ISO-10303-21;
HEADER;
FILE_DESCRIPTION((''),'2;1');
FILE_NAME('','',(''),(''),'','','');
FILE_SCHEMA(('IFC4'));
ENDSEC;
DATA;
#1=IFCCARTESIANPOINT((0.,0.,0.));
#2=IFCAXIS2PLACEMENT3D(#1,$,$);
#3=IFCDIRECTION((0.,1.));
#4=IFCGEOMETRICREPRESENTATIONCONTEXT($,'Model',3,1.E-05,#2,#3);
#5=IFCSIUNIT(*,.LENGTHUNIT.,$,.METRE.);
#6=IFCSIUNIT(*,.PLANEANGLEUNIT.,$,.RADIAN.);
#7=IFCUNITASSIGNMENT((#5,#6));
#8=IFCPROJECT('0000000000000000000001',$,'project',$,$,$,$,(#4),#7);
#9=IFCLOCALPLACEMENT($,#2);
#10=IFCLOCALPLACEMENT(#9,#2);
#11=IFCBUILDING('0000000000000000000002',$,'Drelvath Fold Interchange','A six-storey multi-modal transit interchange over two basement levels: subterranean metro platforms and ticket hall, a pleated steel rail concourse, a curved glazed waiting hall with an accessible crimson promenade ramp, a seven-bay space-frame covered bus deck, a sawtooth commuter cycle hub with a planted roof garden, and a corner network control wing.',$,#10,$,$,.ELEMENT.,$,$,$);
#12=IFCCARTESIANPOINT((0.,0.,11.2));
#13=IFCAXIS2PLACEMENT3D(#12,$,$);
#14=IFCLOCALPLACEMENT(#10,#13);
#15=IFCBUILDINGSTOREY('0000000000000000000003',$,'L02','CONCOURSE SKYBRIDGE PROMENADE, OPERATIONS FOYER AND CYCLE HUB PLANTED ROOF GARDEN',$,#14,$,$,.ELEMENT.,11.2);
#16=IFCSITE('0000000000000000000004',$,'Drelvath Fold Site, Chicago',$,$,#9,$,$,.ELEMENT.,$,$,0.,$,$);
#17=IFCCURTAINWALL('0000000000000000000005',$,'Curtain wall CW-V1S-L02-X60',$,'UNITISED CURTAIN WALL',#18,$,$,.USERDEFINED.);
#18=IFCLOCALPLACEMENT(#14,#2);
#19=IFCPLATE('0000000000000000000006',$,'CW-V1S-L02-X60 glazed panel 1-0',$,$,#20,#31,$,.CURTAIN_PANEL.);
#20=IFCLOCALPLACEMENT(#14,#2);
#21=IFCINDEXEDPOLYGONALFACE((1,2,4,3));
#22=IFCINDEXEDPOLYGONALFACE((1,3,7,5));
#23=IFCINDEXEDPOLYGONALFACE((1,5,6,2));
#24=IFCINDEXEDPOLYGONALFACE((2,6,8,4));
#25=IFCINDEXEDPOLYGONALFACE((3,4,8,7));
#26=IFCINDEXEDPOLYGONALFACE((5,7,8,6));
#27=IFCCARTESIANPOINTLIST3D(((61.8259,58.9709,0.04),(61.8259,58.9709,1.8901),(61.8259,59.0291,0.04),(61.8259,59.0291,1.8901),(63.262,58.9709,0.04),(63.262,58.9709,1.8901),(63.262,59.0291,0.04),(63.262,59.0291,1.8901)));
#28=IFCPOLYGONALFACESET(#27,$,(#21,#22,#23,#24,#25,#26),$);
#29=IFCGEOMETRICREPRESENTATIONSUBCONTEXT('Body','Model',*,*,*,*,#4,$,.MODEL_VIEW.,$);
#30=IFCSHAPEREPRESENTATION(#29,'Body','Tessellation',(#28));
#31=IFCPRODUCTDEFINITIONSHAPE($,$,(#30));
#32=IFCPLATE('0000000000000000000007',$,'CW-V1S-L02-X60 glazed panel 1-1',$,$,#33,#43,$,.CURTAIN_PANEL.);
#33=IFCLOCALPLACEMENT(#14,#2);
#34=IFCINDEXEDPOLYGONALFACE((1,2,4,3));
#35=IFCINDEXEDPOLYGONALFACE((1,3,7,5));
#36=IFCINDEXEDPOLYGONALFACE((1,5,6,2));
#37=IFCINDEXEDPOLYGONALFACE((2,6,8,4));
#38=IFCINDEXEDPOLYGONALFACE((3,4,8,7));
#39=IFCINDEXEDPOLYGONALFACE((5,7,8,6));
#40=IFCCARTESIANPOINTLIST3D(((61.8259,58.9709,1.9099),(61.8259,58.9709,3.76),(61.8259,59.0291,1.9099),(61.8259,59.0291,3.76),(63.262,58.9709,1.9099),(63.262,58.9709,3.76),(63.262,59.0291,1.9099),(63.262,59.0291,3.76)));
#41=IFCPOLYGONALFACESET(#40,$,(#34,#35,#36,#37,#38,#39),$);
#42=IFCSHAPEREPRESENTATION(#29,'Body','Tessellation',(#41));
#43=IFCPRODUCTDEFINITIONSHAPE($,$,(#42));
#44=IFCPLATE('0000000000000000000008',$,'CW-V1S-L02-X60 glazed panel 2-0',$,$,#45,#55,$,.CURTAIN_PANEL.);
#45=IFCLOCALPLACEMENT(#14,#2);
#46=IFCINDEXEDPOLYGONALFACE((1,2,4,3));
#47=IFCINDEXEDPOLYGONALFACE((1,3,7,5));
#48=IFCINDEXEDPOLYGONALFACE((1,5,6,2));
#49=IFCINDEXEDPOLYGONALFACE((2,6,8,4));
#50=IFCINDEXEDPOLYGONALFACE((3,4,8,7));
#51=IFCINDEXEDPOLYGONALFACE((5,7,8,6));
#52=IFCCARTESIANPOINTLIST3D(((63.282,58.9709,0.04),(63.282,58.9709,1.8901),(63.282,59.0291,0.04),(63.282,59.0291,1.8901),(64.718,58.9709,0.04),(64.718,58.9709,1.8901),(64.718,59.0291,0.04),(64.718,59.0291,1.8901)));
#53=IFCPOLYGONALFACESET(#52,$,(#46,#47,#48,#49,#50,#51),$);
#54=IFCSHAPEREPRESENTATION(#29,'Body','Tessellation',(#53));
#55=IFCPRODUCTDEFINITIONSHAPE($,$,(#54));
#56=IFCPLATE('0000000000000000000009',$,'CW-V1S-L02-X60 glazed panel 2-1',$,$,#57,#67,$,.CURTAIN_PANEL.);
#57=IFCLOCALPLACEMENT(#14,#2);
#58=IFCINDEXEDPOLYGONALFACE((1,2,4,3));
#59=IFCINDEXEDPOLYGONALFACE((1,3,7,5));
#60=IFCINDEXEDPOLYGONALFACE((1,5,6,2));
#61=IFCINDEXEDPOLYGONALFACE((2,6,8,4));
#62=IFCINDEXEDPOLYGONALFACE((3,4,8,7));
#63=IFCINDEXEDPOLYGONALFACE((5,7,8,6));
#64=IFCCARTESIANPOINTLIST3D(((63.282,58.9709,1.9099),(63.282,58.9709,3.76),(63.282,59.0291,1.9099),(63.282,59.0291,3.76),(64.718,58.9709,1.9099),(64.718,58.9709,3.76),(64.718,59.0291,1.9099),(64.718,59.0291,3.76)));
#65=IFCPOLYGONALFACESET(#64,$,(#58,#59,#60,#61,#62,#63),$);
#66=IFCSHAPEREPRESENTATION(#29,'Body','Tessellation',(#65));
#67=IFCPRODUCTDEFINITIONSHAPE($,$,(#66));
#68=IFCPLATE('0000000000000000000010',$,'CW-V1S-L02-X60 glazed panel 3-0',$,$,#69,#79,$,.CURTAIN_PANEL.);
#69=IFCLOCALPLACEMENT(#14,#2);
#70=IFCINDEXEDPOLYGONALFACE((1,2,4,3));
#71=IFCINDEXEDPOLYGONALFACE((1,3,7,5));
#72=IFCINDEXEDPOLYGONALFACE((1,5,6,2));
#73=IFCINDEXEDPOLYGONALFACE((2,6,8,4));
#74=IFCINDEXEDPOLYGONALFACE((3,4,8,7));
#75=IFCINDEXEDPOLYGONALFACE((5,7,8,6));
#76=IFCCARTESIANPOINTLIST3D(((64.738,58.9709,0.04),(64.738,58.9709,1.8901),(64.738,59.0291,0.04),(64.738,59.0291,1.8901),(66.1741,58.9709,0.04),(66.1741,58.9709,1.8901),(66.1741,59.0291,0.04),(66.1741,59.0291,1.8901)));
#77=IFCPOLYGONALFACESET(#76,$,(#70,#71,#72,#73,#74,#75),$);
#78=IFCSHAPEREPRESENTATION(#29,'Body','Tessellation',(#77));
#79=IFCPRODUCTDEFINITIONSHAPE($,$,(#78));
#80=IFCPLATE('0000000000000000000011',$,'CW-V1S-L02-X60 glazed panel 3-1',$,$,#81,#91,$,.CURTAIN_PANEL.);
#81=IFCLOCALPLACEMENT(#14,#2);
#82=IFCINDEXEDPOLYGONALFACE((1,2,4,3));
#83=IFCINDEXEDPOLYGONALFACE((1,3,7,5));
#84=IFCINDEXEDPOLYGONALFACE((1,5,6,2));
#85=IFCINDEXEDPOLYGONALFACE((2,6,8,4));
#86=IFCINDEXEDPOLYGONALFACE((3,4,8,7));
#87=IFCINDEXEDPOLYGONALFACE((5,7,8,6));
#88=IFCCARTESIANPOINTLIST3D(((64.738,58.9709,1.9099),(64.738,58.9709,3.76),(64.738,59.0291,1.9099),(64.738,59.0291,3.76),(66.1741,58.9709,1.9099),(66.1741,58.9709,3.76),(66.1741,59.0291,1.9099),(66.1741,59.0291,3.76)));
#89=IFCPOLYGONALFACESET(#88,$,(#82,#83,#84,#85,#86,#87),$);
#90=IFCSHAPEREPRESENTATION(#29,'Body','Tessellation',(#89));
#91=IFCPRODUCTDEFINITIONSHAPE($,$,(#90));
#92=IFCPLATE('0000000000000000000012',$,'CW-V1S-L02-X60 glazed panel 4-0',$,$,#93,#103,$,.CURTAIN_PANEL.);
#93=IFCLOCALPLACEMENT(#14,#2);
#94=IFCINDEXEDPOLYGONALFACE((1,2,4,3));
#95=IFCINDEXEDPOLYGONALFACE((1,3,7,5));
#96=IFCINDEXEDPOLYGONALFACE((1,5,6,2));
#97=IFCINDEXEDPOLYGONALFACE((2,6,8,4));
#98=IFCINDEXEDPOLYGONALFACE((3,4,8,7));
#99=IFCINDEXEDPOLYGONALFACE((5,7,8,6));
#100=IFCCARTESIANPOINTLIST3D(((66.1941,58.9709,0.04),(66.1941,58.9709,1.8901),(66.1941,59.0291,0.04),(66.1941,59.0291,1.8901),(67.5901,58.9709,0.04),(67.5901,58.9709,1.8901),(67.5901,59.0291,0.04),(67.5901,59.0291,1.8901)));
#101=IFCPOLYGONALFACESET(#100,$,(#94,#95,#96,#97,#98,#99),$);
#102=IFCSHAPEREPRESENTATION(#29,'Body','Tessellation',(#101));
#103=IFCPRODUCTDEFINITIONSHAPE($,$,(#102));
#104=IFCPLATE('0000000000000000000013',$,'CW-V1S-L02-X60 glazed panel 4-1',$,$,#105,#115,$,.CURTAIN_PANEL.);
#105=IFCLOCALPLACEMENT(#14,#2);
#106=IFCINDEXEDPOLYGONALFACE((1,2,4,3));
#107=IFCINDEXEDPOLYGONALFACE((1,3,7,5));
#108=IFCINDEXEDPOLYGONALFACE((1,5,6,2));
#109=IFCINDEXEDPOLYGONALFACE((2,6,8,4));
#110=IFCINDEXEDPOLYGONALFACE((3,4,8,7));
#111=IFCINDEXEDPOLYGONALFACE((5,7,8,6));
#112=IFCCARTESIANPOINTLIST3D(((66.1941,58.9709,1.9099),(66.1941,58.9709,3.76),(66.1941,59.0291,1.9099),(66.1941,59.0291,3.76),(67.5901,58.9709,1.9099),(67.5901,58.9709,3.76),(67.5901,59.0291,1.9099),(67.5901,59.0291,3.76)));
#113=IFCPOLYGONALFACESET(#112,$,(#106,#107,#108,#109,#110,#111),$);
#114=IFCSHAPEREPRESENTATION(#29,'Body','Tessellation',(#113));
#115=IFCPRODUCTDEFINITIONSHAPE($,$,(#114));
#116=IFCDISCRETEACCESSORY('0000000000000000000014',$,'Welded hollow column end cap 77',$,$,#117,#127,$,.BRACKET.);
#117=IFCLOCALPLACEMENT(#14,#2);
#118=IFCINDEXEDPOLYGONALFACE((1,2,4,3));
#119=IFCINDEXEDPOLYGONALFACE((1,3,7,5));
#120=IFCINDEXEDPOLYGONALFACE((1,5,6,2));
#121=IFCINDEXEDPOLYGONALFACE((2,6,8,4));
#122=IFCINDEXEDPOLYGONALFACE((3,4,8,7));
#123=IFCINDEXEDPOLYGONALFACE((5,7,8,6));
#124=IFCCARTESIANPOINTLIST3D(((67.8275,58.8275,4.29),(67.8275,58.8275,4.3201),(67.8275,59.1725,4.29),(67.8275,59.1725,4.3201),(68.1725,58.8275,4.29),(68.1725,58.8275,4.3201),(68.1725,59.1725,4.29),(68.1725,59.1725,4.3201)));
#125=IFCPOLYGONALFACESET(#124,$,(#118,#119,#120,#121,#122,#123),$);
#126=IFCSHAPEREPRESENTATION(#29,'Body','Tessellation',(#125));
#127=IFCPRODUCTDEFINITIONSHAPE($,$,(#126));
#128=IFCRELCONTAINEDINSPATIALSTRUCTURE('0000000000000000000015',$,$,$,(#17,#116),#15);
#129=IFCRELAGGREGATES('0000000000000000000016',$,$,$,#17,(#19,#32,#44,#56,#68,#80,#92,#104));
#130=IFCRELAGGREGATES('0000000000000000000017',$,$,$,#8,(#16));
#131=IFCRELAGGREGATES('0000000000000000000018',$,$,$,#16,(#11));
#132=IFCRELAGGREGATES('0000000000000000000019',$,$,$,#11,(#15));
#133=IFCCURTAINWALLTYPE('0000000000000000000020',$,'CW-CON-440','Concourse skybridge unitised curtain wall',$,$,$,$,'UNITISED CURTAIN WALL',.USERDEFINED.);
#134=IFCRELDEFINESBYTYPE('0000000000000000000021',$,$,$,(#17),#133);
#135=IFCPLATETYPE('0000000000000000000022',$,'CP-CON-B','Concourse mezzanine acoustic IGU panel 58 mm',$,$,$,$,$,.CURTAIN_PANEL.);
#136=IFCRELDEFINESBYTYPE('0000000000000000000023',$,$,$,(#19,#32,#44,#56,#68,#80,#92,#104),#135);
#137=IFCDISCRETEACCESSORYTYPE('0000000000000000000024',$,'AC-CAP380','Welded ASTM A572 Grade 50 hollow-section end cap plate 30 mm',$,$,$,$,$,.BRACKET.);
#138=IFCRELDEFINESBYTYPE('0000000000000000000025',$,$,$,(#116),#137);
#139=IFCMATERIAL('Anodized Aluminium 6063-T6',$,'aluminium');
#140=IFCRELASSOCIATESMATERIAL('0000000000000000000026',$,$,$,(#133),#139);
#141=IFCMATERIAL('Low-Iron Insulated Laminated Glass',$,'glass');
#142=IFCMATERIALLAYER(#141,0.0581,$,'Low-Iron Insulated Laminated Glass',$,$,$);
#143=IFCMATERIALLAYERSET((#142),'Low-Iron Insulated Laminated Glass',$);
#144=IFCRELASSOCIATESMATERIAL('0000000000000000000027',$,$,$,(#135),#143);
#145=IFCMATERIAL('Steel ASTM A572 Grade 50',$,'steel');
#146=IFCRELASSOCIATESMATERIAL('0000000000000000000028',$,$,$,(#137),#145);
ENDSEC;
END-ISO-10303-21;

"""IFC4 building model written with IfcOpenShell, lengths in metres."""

from ifc_helpers import new_model, si_unit, direction, frame, origin, origin_2d, place, context, subcontext, project, spatial, rectangle, extrude, material, layer, layer_set, type_object, element, aggregate, save


model = new_model("IFC4")

# Units and contexts
model_context = context("Model", 3, precision=1e-05, world=origin(), true_north=direction((0.0, 1.0)))
body_context = subcontext(model_context, "Body", "Model", "MODEL_VIEW")
ifc_project = project(units=[si_unit("LENGTHUNIT", "METRE"), si_unit("PLANEANGLEUNIT", "RADIAN")], contexts=[model_context])

# Site, building, storey
site_placement = place(None, origin())
site = spatial("IfcSite", under=ifc_project, at=site_placement, Name="Drelvath Fold Site, Chicago", CompositionType="ELEMENT", RefElevation=0.0)
building_placement = place(site_placement, origin())
building = spatial("IfcBuilding", under=site, at=building_placement, Name="Drelvath Fold Interchange", Description="A six-storey multi-modal transit interchange over two basement levels: subterranean metro platforms and ticket hall, a pleated steel rail concourse, a curved glazed waiting hall with an accessible crimson promenade ramp, a seven-bay space-frame covered bus deck, a sawtooth commuter cycle hub with a planted roof garden, and a corner network control wing.", CompositionType="ELEMENT")
storey_placement = place(building_placement, frame((0.0, 0.0, 11.2)))
storey = spatial("IfcBuildingStorey", under=building, at=storey_placement, Name="L02", Description="CONCOURSE SKYBRIDGE PROMENADE, OPERATIONS FOYER AND CYCLE HUB PLANTED ROOF GARDEN", CompositionType="ELEMENT", Elevation=11.2)

# Curtain wall
ifc_material_1 = material(Name="Anodized Aluminium 6063-T6", Category="aluminium")
curtain_wall_type = type_object("IfcCurtainWallType", Name="CW-CON-440", Description="Concourse skybridge unitised curtain wall", ElementType="UNITISED CURTAIN WALL", PredefinedType="USERDEFINED", material=ifc_material_1)
curtain_wall_1_placement = place(storey_placement, origin())
curtain_wall_1 = element("IfcCurtainWall", 1, at=curtain_wall_1_placement, inside=storey, type_object=curtain_wall_type, Name="Curtain wall CW-V1S-L02-X60", ObjectType="UNITISED CURTAIN WALL", PredefinedType="USERDEFINED")

# Plates
ifc_material_2 = material(Name="Low-Iron Insulated Laminated Glass", Category="glass")
ifc_layer = layer(ifc_material_2, 0.0581, Name="Low-Iron Insulated Laminated Glass")
ifc_layer_set = layer_set([ifc_layer], Name="Low-Iron Insulated Laminated Glass")
plate_type = type_object("IfcPlateType", Name="CP-CON-B", Description="Concourse mezzanine acoustic IGU panel 58 mm", PredefinedType="CURTAIN_PANEL", material=ifc_layer_set)
plate_1_placement = place(storey_placement, frame((62.5439, 59.0, 0.04), z_axis=(0.0, 0.0, 1.0), x_axis=(1.0, 0.0, 0.0)))
plate_1 = element("IfcPlate", 2, at=plate_1_placement, type_object=plate_type, Name="CW-V1S-L02-X60 glazed panel 1-0", PredefinedType="CURTAIN_PANEL", context=body_context, shape_type="SweptSolid", body=[
    extrude(rectangle(XDim=1.436, YDim=0.0581, at=origin_2d()), origin(), (0.0, 0.0, 1.0), 1.8501),
])
plate_2_placement = place(storey_placement, frame((62.5439, 59.0, 1.9099), z_axis=(0.0, 0.0, 1.0), x_axis=(1.0, 0.0, 0.0)))
plate_2 = element("IfcPlate", 3, at=plate_2_placement, type_object=plate_type, Name="CW-V1S-L02-X60 glazed panel 1-1", PredefinedType="CURTAIN_PANEL", context=body_context, shape_type="SweptSolid", body=[
    extrude(rectangle(XDim=1.436, YDim=0.0581, at=origin_2d()), origin(), (0.0, 0.0, 1.0), 1.8501),
])
plate_3_placement = place(storey_placement, frame((64.0, 59.0, 0.04), z_axis=(0.0, 0.0, 1.0), x_axis=(1.0, 0.0, 0.0)))
plate_3 = element("IfcPlate", 4, at=plate_3_placement, type_object=plate_type, Name="CW-V1S-L02-X60 glazed panel 2-0", PredefinedType="CURTAIN_PANEL", context=body_context, shape_type="SweptSolid", body=[
    extrude(rectangle(XDim=1.436, YDim=0.0581, at=origin_2d()), origin(), (0.0, 0.0, 1.0), 1.8501),
])
plate_4_placement = place(storey_placement, frame((64.0, 59.0, 1.9099), z_axis=(0.0, 0.0, 1.0), x_axis=(1.0, 0.0, 0.0)))
plate_4 = element("IfcPlate", 5, at=plate_4_placement, type_object=plate_type, Name="CW-V1S-L02-X60 glazed panel 2-1", PredefinedType="CURTAIN_PANEL", context=body_context, shape_type="SweptSolid", body=[
    extrude(rectangle(XDim=1.436, YDim=0.0581, at=origin_2d()), origin(), (0.0, 0.0, 1.0), 1.8501),
])
plate_5_placement = place(storey_placement, frame((65.4561, 59.0, 0.04), z_axis=(0.0, 0.0, 1.0), x_axis=(1.0, 0.0, 0.0)))
plate_5 = element("IfcPlate", 6, at=plate_5_placement, type_object=plate_type, Name="CW-V1S-L02-X60 glazed panel 3-0", PredefinedType="CURTAIN_PANEL", context=body_context, shape_type="SweptSolid", body=[
    extrude(rectangle(XDim=1.436, YDim=0.0581, at=origin_2d()), origin(), (0.0, 0.0, 1.0), 1.8501),
])
plate_6_placement = place(storey_placement, frame((65.4561, 59.0, 1.9099), z_axis=(0.0, 0.0, 1.0), x_axis=(1.0, 0.0, 0.0)))
plate_6 = element("IfcPlate", 7, at=plate_6_placement, type_object=plate_type, Name="CW-V1S-L02-X60 glazed panel 3-1", PredefinedType="CURTAIN_PANEL", context=body_context, shape_type="SweptSolid", body=[
    extrude(rectangle(XDim=1.436, YDim=0.0581, at=origin_2d()), origin(), (0.0, 0.0, 1.0), 1.8501),
])
plate_7_placement = place(storey_placement, frame((66.8921, 59.0, 0.04), z_axis=(0.0, 0.0, 1.0), x_axis=(1.0, 0.0, 0.0)))
plate_7 = element("IfcPlate", 8, at=plate_7_placement, type_object=plate_type, Name="CW-V1S-L02-X60 glazed panel 4-0", PredefinedType="CURTAIN_PANEL", context=body_context, shape_type="SweptSolid", body=[
    extrude(rectangle(XDim=1.396, YDim=0.0581, at=origin_2d()), origin(), (0.0, 0.0, 1.0), 1.8501),
])
plate_8_placement = place(storey_placement, frame((66.8921, 59.0, 1.9099), z_axis=(0.0, 0.0, 1.0), x_axis=(1.0, 0.0, 0.0)))
plate_8 = element("IfcPlate", 9, at=plate_8_placement, type_object=plate_type, Name="CW-V1S-L02-X60 glazed panel 4-1", PredefinedType="CURTAIN_PANEL", context=body_context, shape_type="SweptSolid", body=[
    extrude(rectangle(XDim=1.396, YDim=0.0581, at=origin_2d()), origin(), (0.0, 0.0, 1.0), 1.8501),
])
aggregate(curtain_wall_1, [plate_1, plate_2, plate_3, plate_4, plate_5, plate_6, plate_7, plate_8])

# Discrete accessory
ifc_material_3 = material(Name="Steel ASTM A572 Grade 50", Category="steel")
discrete_accessory_type = type_object("IfcDiscreteAccessoryType", Name="AC-CAP380", Description="Welded ASTM A572 Grade 50 hollow-section end cap plate 30 mm", PredefinedType="BRACKET", material=ifc_material_3)
discrete_accessory_placement = place(storey_placement, frame((68.0, 59.0, 4.29), z_axis=(0.0, 0.0, 1.0), x_axis=(1.0, 0.0, 0.0)))
element("IfcDiscreteAccessory", 10, at=discrete_accessory_placement, inside=storey, type_object=discrete_accessory_type, Name="Welded hollow column end cap 77", PredefinedType="BRACKET", context=body_context, shape_type="SweptSolid", body=[
    extrude(rectangle(XDim=0.345, YDim=0.345, at=origin_2d()), origin(), (0.0, 0.0, 1.0), 0.03),
])

save(model, "model.ifc")
